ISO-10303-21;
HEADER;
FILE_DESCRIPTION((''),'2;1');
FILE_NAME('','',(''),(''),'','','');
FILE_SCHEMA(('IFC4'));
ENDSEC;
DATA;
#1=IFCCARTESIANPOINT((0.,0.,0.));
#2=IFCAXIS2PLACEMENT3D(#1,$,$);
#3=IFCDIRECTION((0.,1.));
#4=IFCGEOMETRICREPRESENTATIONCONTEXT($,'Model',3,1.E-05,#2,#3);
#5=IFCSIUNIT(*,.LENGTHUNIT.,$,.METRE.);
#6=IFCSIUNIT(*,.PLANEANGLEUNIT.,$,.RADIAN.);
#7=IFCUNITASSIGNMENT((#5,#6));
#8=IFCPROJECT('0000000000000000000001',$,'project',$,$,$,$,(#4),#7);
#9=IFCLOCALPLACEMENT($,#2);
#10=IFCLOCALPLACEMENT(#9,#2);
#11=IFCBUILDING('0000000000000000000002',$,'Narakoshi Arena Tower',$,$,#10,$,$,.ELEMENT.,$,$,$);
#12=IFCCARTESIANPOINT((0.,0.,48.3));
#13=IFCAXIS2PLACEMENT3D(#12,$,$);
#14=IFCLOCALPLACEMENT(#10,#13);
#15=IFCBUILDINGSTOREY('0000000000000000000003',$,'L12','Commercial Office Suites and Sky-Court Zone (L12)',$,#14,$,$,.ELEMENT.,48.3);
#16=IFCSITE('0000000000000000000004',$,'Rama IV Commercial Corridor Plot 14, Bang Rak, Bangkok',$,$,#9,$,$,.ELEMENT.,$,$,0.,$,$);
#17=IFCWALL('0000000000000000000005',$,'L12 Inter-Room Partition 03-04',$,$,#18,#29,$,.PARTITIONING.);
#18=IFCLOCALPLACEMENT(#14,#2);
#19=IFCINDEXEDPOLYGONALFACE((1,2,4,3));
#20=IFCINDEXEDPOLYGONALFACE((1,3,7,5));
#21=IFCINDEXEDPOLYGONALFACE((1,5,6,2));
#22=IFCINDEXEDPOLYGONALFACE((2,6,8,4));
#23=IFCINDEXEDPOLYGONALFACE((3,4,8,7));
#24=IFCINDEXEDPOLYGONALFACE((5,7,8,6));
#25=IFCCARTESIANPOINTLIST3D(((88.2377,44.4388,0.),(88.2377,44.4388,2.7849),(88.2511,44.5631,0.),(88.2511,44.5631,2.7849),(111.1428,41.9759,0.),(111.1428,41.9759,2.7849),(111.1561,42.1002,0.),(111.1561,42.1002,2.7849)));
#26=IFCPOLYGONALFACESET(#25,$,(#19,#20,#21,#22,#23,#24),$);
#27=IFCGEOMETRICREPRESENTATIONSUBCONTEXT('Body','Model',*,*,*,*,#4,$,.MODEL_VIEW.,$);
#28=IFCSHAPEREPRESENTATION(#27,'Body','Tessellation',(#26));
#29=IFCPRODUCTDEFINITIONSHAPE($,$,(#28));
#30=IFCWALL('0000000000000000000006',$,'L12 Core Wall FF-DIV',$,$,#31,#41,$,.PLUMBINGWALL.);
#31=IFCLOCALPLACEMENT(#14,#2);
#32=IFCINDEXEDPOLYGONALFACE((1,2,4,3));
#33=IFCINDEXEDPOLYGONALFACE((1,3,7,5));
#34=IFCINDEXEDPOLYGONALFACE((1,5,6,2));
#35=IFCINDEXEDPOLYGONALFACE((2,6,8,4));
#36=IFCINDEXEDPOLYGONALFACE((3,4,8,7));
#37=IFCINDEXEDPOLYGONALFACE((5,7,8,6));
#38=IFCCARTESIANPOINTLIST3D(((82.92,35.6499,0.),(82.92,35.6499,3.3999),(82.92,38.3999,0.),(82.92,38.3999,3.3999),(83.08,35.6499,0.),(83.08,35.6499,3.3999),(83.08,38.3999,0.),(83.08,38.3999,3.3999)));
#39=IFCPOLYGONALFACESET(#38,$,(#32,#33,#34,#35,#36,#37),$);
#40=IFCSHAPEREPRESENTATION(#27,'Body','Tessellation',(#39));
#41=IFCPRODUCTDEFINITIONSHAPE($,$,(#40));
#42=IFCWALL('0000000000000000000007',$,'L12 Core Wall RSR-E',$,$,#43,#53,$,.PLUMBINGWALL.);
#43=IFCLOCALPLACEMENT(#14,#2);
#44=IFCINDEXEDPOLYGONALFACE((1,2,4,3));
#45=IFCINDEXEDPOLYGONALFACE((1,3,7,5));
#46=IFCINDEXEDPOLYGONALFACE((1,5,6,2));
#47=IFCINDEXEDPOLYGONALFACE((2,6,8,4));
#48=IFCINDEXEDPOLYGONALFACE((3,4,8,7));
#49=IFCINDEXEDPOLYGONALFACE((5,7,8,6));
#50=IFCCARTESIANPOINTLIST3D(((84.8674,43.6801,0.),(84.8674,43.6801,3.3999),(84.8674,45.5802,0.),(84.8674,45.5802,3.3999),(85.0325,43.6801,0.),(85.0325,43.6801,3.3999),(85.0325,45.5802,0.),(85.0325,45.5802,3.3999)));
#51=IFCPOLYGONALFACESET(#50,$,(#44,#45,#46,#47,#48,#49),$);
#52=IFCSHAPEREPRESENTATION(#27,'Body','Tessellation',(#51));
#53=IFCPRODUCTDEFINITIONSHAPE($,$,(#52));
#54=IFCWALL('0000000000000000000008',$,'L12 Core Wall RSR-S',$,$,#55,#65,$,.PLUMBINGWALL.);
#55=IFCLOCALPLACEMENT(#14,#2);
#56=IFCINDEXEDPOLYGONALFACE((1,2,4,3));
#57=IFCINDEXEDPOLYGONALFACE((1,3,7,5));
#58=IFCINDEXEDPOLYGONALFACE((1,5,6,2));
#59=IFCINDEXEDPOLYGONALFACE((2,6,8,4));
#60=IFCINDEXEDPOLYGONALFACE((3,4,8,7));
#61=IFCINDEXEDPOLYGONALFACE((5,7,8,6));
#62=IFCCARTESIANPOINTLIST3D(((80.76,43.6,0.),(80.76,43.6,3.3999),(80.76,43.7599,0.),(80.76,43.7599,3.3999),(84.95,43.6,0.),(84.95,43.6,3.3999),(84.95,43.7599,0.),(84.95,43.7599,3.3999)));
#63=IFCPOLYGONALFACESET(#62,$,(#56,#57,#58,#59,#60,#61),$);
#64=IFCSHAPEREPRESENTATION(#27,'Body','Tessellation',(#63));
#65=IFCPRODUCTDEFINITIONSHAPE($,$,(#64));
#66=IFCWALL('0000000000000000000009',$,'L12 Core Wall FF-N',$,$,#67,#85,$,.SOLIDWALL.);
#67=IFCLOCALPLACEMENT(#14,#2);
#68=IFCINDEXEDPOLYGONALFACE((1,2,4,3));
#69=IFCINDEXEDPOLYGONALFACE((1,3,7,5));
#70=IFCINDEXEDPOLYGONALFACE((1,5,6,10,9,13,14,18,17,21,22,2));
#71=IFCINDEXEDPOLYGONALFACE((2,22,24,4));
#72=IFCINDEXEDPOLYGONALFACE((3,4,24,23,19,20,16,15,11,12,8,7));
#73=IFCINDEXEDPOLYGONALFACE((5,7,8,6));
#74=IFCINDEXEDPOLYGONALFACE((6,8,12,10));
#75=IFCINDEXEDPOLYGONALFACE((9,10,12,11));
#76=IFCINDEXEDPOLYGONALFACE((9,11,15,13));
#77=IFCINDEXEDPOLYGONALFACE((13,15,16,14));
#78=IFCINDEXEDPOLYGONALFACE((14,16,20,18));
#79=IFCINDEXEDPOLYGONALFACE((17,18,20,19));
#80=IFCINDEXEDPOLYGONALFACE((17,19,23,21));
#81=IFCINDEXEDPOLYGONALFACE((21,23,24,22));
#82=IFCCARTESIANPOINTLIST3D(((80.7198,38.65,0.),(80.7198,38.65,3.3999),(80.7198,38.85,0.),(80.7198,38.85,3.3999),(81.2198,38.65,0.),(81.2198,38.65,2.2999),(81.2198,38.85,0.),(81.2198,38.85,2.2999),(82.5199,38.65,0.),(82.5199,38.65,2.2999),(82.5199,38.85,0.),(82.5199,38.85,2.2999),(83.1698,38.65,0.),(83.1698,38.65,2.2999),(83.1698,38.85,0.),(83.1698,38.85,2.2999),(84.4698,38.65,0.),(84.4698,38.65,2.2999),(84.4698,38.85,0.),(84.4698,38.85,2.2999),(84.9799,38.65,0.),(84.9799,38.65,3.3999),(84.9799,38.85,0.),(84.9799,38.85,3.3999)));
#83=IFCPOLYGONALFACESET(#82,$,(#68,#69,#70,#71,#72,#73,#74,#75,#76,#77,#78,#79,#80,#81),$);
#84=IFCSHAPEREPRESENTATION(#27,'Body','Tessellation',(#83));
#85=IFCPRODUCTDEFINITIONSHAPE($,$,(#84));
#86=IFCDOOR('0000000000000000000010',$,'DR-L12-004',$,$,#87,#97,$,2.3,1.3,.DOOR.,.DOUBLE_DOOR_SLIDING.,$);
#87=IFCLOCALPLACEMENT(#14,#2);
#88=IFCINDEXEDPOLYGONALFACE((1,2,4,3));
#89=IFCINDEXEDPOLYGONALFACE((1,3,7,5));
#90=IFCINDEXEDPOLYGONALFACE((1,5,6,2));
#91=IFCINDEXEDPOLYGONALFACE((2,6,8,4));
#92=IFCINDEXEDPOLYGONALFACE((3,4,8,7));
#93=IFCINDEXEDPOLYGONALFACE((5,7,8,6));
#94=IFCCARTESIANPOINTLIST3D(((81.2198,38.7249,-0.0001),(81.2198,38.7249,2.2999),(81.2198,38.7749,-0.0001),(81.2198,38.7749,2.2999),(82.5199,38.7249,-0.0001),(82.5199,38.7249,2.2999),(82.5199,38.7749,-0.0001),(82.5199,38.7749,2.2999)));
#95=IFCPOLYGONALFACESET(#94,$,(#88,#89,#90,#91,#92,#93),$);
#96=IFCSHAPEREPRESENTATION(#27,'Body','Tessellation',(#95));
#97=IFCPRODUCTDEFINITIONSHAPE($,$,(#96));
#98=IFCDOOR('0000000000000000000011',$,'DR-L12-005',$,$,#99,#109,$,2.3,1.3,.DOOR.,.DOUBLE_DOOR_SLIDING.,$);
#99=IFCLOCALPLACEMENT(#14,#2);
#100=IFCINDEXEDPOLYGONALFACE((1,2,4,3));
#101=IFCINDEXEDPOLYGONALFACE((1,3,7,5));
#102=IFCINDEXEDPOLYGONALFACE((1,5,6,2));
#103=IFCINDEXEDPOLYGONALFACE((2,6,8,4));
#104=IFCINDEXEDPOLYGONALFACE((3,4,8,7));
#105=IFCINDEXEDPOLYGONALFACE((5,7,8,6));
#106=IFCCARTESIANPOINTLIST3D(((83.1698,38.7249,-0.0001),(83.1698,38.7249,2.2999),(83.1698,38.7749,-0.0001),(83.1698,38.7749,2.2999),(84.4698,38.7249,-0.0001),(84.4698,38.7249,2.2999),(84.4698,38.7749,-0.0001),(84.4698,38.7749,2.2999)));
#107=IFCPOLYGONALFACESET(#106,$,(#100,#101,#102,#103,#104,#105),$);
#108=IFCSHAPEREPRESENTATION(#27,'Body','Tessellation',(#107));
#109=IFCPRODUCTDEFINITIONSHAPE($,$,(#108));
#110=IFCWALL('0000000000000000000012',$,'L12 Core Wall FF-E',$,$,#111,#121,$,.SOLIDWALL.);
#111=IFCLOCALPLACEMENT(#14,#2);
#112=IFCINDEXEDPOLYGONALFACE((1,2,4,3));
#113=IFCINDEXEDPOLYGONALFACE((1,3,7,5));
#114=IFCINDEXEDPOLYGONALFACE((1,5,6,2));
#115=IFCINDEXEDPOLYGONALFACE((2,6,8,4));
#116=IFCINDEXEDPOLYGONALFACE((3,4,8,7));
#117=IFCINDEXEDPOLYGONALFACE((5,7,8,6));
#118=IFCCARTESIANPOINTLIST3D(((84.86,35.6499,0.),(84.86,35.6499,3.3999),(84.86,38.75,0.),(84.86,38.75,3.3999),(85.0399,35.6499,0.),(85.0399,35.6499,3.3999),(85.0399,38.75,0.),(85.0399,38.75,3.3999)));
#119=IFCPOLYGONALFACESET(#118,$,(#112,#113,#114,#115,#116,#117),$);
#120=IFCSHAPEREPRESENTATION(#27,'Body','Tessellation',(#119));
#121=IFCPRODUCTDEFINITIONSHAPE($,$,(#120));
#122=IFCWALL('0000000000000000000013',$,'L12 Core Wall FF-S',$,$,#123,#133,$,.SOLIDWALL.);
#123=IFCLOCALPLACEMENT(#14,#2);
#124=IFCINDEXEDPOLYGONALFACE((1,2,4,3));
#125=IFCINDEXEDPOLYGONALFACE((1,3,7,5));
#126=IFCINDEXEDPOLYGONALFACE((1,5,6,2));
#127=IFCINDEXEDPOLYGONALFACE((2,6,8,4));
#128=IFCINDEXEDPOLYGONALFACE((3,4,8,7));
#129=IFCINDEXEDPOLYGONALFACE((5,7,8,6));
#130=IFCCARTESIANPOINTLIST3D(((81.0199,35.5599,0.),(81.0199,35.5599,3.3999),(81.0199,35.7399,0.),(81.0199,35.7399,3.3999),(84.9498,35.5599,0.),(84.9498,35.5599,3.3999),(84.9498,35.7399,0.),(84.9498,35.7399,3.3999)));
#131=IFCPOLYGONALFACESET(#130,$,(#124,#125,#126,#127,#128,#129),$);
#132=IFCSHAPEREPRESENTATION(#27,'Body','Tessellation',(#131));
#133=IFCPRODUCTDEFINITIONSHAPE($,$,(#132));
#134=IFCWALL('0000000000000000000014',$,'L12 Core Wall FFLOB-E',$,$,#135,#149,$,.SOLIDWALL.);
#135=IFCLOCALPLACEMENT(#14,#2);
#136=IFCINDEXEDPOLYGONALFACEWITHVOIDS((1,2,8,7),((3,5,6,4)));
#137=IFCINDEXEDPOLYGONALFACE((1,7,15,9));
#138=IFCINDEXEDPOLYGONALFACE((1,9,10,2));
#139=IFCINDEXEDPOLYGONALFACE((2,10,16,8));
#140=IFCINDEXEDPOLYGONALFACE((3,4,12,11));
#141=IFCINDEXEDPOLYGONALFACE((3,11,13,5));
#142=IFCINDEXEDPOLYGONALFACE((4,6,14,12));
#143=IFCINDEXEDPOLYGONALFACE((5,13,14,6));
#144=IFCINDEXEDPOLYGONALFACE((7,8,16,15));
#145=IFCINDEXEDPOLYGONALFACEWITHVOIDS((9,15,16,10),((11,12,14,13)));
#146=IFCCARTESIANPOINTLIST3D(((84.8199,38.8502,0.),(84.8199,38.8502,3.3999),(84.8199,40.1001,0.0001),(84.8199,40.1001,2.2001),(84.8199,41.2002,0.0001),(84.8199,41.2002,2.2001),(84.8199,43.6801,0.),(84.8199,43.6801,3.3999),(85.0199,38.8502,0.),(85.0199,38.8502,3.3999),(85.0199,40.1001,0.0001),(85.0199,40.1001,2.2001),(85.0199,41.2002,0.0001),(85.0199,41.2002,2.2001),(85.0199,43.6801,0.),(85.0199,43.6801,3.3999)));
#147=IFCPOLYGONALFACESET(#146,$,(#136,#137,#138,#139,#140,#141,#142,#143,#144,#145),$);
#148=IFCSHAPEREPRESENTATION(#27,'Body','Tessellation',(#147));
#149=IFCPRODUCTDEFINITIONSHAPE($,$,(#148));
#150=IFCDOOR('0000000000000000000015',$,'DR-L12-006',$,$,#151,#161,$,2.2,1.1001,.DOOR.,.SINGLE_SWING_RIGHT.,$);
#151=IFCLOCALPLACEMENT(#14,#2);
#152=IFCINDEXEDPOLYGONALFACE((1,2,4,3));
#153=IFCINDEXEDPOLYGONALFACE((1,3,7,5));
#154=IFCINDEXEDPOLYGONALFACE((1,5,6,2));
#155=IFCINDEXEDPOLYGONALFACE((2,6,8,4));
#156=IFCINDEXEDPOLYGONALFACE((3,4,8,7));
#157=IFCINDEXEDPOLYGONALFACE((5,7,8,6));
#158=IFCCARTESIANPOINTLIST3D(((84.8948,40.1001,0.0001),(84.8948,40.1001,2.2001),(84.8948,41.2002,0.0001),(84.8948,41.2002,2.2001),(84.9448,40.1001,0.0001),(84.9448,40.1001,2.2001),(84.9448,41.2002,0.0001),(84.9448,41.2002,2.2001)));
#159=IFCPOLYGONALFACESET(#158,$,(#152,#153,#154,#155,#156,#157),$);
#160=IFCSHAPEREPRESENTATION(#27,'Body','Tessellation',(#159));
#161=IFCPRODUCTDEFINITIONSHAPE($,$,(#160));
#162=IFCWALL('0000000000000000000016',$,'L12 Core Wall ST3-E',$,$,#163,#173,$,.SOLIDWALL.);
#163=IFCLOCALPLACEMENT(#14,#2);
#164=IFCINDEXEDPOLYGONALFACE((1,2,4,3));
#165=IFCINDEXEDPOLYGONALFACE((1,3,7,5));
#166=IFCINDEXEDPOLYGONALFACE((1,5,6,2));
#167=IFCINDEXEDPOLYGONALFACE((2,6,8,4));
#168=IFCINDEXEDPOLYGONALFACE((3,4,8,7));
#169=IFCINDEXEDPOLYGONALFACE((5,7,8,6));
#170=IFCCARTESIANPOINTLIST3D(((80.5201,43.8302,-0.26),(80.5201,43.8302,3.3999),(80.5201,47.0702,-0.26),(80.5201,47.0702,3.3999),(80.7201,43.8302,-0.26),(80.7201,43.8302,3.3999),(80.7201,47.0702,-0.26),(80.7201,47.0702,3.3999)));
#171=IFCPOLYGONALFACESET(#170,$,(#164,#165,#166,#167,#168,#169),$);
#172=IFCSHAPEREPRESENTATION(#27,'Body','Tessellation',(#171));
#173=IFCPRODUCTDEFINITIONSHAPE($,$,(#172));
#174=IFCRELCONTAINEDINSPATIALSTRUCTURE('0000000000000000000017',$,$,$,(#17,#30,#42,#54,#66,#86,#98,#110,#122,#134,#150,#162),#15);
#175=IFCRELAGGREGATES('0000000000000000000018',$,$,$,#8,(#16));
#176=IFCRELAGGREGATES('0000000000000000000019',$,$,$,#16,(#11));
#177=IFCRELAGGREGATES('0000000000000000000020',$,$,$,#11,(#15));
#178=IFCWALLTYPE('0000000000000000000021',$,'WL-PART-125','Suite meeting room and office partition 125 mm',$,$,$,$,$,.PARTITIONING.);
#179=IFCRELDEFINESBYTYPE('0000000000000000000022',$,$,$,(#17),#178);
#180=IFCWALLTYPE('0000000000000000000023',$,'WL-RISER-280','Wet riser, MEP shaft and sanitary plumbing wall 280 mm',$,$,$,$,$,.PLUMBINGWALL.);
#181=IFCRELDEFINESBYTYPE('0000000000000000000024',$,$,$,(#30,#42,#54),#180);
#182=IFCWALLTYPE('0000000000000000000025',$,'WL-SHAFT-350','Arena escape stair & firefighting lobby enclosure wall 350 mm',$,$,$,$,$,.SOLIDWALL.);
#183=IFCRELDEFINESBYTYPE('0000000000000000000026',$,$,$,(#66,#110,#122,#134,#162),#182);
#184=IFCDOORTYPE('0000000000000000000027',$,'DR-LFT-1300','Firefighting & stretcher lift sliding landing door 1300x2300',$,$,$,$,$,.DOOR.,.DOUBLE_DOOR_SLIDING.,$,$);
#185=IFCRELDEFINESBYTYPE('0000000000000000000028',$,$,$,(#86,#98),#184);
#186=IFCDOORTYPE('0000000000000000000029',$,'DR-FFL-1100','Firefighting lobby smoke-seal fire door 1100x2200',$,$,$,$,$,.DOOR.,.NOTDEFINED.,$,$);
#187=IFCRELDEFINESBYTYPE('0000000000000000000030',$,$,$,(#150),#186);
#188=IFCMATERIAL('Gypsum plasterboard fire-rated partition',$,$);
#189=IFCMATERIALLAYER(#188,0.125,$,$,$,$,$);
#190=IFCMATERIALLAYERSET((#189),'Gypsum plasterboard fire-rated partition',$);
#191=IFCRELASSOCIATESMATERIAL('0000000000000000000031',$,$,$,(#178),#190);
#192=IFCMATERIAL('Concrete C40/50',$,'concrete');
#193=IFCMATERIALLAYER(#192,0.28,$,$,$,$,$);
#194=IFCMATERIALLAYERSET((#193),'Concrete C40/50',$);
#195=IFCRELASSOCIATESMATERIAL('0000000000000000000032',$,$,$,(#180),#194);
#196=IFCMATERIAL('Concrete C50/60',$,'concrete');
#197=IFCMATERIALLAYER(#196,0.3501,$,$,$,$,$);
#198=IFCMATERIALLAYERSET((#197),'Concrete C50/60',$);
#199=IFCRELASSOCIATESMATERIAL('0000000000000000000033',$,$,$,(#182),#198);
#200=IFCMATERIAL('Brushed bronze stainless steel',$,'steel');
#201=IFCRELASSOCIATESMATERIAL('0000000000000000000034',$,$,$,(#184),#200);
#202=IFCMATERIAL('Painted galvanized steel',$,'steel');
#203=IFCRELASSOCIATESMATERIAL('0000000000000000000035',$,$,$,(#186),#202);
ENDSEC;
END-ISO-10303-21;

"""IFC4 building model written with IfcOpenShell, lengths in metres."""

from ifc_helpers import new_model, si_unit, direction, frame, frame_2d, origin, place, context, subcontext, project, spatial, rectangle, extrude, material, layer, layer_set, type_object, element, fill, save


model = new_model("IFC4")

# Units and contexts
model_context = context("Model", 3, precision=1e-05, world=origin(), true_north=direction((0.0, 1.0)))
body_context = subcontext(model_context, "Body", "Model", "MODEL_VIEW")
ifc_project = project(units=[si_unit("LENGTHUNIT", "METRE"), si_unit("PLANEANGLEUNIT", "RADIAN")], contexts=[model_context])

# Site, building, storey
site_placement = place(None, origin())
site = spatial("IfcSite", under=ifc_project, at=site_placement, Name="Rama IV Commercial Corridor Plot 14, Bang Rak, Bangkok", CompositionType="ELEMENT", RefElevation=0.0)
building_placement = place(site_placement, origin())
building = spatial("IfcBuilding", under=site, at=building_placement, Name="Narakoshi Arena Tower", CompositionType="ELEMENT")
storey_placement = place(building_placement, frame((0.0, 0.0, 48.3)))
storey = spatial("IfcBuildingStorey", under=building, at=storey_placement, Name="L12", Description="Commercial Office Suites and Sky-Court Zone (L12)", CompositionType="ELEMENT", Elevation=48.3)

# Shared definitions
ifc_material_1 = material(Name="Gypsum plasterboard fire-rated partition")

# Walls
ifc_layer_1 = layer(ifc_material_1, 0.125)
ifc_layer_set_1 = layer_set([ifc_layer_1], Name="Gypsum plasterboard fire-rated partition")
wall_type_1 = type_object("IfcWallType", Name="WL-PART-125", Description="Suite meeting room and office partition 125 mm", PredefinedType="PARTITIONING", material=ifc_layer_set_1)
wall_1_placement = place(storey_placement, frame((88.2444, 44.501, 0.0), z_axis=(0.0, 0.0, 1.0), x_axis=(0.994269, -0.10691, 0.0)))
element("IfcWall", 1, at=wall_1_placement, inside=storey, type_object=wall_type_1, Name="L12 Inter-Room Partition 03-04", PredefinedType="PARTITIONING", context=body_context, shape_type="SweptSolid", body=[
    extrude(rectangle(XDim=23.0371, YDim=0.125, at=frame_2d((11.5186, 0.0))), origin(), (0.0, 0.0, 1.0), 2.7849),
])
ifc_material_2 = material(Name="Concrete C40/50", Category="concrete")
ifc_layer_2 = layer(ifc_material_2, 0.28)
ifc_layer_set_2 = layer_set([ifc_layer_2], Name="Concrete C40/50")
wall_type_2 = type_object("IfcWallType", Name="WL-RISER-280", Description="Wet riser, MEP shaft and sanitary plumbing wall 280 mm", PredefinedType="PLUMBINGWALL", material=ifc_layer_set_2)
wall_2_placement = place(storey_placement, frame((83.0, 35.6499, 0.0), z_axis=(0.0, 0.0, 1.0), x_axis=(0.0, 1.0, 0.0)))
element("IfcWall", 2, at=wall_2_placement, inside=storey, type_object=wall_type_2, Name="L12 Core Wall FF-DIV", PredefinedType="PLUMBINGWALL", context=body_context, shape_type="SweptSolid", body=[
    extrude(rectangle(XDim=2.75, YDim=0.1599, at=frame_2d((1.375, 0.0))), origin(), (0.0, 0.0, 1.0), 3.3999),
])
wall_3_placement = place(storey_placement, frame((84.95, 43.6799, 0.0), z_axis=(0.0, 0.0, 1.0), x_axis=(0.0, 1.0, 0.0)))
element("IfcWall", 3, at=wall_3_placement, inside=storey, type_object=wall_type_2, Name="L12 Core Wall RSR-E", PredefinedType="PLUMBINGWALL", context=body_context, shape_type="SweptSolid", body=[
    extrude(rectangle(XDim=1.9001, YDim=0.165, at=frame_2d((0.9502, 0.0))), origin(), (0.0, 0.0, 1.0), 3.3999),
])
wall_4_placement = place(storey_placement, frame((80.76, 43.6799, 0.0), z_axis=(0.0, 0.0, 1.0), x_axis=(1.0, 0.0, 0.0)))
element("IfcWall", 4, at=wall_4_placement, inside=storey, type_object=wall_type_2, Name="L12 Core Wall RSR-S", PredefinedType="PLUMBINGWALL", context=body_context, shape_type="SweptSolid", body=[
    extrude(rectangle(XDim=4.1899, YDim=0.1599, at=frame_2d((2.095, 0.0))), origin(), (0.0, 0.0, 1.0), 3.3999),
])

# Wall, openings, doors
ifc_material_3 = material(Name="Concrete C50/60", Category="concrete")
ifc_layer_3 = layer(ifc_material_3, 0.3501)
ifc_layer_set_3 = layer_set([ifc_layer_3], Name="Concrete C50/60")
wall_type_3 = type_object("IfcWallType", Name="WL-SHAFT-350", Description="Arena escape stair & firefighting lobby enclosure wall 350 mm", PredefinedType="SOLIDWALL", material=ifc_layer_set_3)
wall_5_placement = place(storey_placement, frame((80.72, 38.75, 0.0), z_axis=(0.0, 0.0, 1.0), x_axis=(1.0, 0.0, 0.0)))
wall_5 = element("IfcWall", 5, at=wall_5_placement, inside=storey, type_object=wall_type_3, Name="L12 Core Wall FF-N", PredefinedType="SOLIDWALL", context=body_context, shape_type="SweptSolid", body=[
    extrude(rectangle(XDim=4.26, YDim=0.2, at=frame_2d((2.1299, 0.0))), origin(), (0.0, 0.0, 1.0), 3.3999),
])
opening_1_placement = place(wall_5_placement, frame((0.5, 0.0, 0.0)))
opening_1 = element("IfcOpeningElement", 6, at=opening_1_placement, cuts=wall_5, PredefinedType="OPENING", context=body_context, shape_type="SweptSolid", body=[
    extrude(rectangle(XDim=1.3, YDim=2.3, at=frame_2d((0.6499, 1.1499))), frame((0.0, 0.1099, 0.0), z_axis=(0.0, -1.0, 0.0), x_axis=(1.0, 0.0, 0.0)), (0.0, 0.0, 1.0), 0.22),
])
opening_2_placement = place(wall_5_placement, frame((2.45, 0.0, 0.0)))
opening_2 = element("IfcOpeningElement", 7, at=opening_2_placement, cuts=wall_5, PredefinedType="OPENING", context=body_context, shape_type="SweptSolid", body=[
    extrude(rectangle(XDim=1.3, YDim=2.3, at=frame_2d((0.6499, 1.1499))), frame((0.0, 0.1099, 0.0), z_axis=(0.0, -1.0, 0.0), x_axis=(1.0, 0.0, 0.0)), (0.0, 0.0, 1.0), 0.22),
])
ifc_material_4 = material(Name="Brushed bronze stainless steel", Category="steel")
door_type_1 = type_object("IfcDoorType", Name="DR-LFT-1300", Description="Firefighting & stretcher lift sliding landing door 1300x2300", OperationType="DOUBLE_DOOR_SLIDING", PredefinedType="DOOR", material=ifc_material_4)
door_1_placement = place(opening_1_placement, origin())
door_1 = element("IfcDoor", 8, at=door_1_placement, inside=storey, type_object=door_type_1, Name="DR-L12-004", OperationType="DOUBLE_DOOR_SLIDING", OverallHeight=2.3, OverallWidth=1.3, PredefinedType="DOOR", context=body_context, shape_type="SweptSolid", body=[
    extrude(rectangle(XDim=1.3, YDim=2.3, at=frame_2d((0.6499, 1.1499))), frame((0.0, 0.0249, 0.0), z_axis=(0.0, -1.0, 0.0), x_axis=(1.0, 0.0, 0.0)), (0.0, 0.0, 1.0), 0.05),
])
fill(opening_1, door_1)
door_2_placement = place(opening_2_placement, origin())
door_2 = element("IfcDoor", 9, at=door_2_placement, inside=storey, type_object=door_type_1, Name="DR-L12-005", OperationType="DOUBLE_DOOR_SLIDING", OverallHeight=2.3, OverallWidth=1.3, PredefinedType="DOOR", context=body_context, shape_type="SweptSolid", body=[
    extrude(rectangle(XDim=1.3, YDim=2.3, at=frame_2d((0.6499, 1.1499))), frame((0.0, 0.0249, 0.0), z_axis=(0.0, -1.0, 0.0), x_axis=(1.0, 0.0, 0.0)), (0.0, 0.0, 1.0), 0.05),
])
fill(opening_2, door_2)

# Walls
wall_6_placement = place(storey_placement, frame((84.95, 35.6499, 0.0), z_axis=(0.0, 0.0, 1.0), x_axis=(0.0, 1.0, 0.0)))
element("IfcWall", 10, at=wall_6_placement, inside=storey, type_object=wall_type_3, Name="L12 Core Wall FF-E", PredefinedType="SOLIDWALL", context=body_context, shape_type="SweptSolid", body=[
    extrude(rectangle(XDim=3.1001, YDim=0.1799, at=frame_2d((1.55, 0.0))), origin(), (0.0, 0.0, 1.0), 3.3999),
])
wall_7_placement = place(storey_placement, frame((81.02, 35.6499, 0.0), z_axis=(0.0, 0.0, 1.0), x_axis=(1.0, 0.0, 0.0)))
element("IfcWall", 11, at=wall_7_placement, inside=storey, type_object=wall_type_3, Name="L12 Core Wall FF-S", PredefinedType="SOLIDWALL", context=body_context, shape_type="SweptSolid", body=[
    extrude(rectangle(XDim=3.9299, YDim=0.1799, at=frame_2d((1.9648, 0.0))), origin(), (0.0, 0.0, 1.0), 3.3999),
])

# Wall, opening, door
wall_8_placement = place(storey_placement, frame((84.9199, 38.8501, 0.0), z_axis=(0.0, 0.0, 1.0), x_axis=(0.0, 1.0, 0.0)))
wall_8 = element("IfcWall", 12, at=wall_8_placement, inside=storey, type_object=wall_type_3, Name="L12 Core Wall FFLOB-E", PredefinedType="SOLIDWALL", context=body_context, shape_type="SweptSolid", body=[
    extrude(rectangle(XDim=4.8298, YDim=0.2, at=frame_2d((2.415, 0.0))), origin(), (0.0, 0.0, 1.0), 3.3999),
])
opening_3_placement = place(wall_8_placement, frame((1.25, 0.0, 0.0)))
opening_3 = element("IfcOpeningElement", 13, at=opening_3_placement, cuts=wall_8, PredefinedType="OPENING", context=body_context, shape_type="SweptSolid", body=[
    extrude(rectangle(XDim=1.1001, YDim=2.2, at=frame_2d((0.55, 1.1001))), frame((0.0, 0.1099, 0.0), z_axis=(0.0, -1.0, 0.0), x_axis=(1.0, 0.0, 0.0)), (0.0, 0.0, 1.0), 0.22),
])
ifc_material_5 = material(Name="Painted galvanized steel", Category="steel")
door_type_2 = type_object("IfcDoorType", Name="DR-FFL-1100", Description="Firefighting lobby smoke-seal fire door 1100x2200", OperationType="NOTDEFINED", PredefinedType="DOOR", material=ifc_material_5)
door_3_placement = place(opening_3_placement, frame((1.1001, 0.0, 0.0), z_axis=(0.0, 0.0, 1.0), x_axis=(-1.0, 0.0, 0.0)))
door_3 = element("IfcDoor", 14, at=door_3_placement, inside=storey, type_object=door_type_2, Name="DR-L12-006", OperationType="SINGLE_SWING_RIGHT", OverallHeight=2.2, OverallWidth=1.1001, PredefinedType="DOOR", context=body_context, shape_type="SweptSolid", body=[
    extrude(rectangle(XDim=1.1001, YDim=2.2, at=frame_2d((0.55, 1.1001))), frame((0.0, 0.0249, 0.0), z_axis=(0.0, -1.0, 0.0), x_axis=(1.0, 0.0, 0.0)), (0.0, 0.0, 1.0), 0.05),
])
fill(opening_3, door_3)

# Wall
wall_9_placement = place(storey_placement, frame((80.6201, 43.8301, -0.26), z_axis=(0.0, 0.0, 1.0), x_axis=(0.0, 1.0, 0.0)))
element("IfcWall", 15, at=wall_9_placement, inside=storey, type_object=wall_type_3, Name="L12 Core Wall ST3-E", PredefinedType="SOLIDWALL", context=body_context, shape_type="SweptSolid", body=[
    extrude(rectangle(XDim=3.24, YDim=0.2, at=frame_2d((1.6201, 0.0))), origin(), (0.0, 0.0, 1.0), 3.6599),
])

save(model, "model.ifc")
